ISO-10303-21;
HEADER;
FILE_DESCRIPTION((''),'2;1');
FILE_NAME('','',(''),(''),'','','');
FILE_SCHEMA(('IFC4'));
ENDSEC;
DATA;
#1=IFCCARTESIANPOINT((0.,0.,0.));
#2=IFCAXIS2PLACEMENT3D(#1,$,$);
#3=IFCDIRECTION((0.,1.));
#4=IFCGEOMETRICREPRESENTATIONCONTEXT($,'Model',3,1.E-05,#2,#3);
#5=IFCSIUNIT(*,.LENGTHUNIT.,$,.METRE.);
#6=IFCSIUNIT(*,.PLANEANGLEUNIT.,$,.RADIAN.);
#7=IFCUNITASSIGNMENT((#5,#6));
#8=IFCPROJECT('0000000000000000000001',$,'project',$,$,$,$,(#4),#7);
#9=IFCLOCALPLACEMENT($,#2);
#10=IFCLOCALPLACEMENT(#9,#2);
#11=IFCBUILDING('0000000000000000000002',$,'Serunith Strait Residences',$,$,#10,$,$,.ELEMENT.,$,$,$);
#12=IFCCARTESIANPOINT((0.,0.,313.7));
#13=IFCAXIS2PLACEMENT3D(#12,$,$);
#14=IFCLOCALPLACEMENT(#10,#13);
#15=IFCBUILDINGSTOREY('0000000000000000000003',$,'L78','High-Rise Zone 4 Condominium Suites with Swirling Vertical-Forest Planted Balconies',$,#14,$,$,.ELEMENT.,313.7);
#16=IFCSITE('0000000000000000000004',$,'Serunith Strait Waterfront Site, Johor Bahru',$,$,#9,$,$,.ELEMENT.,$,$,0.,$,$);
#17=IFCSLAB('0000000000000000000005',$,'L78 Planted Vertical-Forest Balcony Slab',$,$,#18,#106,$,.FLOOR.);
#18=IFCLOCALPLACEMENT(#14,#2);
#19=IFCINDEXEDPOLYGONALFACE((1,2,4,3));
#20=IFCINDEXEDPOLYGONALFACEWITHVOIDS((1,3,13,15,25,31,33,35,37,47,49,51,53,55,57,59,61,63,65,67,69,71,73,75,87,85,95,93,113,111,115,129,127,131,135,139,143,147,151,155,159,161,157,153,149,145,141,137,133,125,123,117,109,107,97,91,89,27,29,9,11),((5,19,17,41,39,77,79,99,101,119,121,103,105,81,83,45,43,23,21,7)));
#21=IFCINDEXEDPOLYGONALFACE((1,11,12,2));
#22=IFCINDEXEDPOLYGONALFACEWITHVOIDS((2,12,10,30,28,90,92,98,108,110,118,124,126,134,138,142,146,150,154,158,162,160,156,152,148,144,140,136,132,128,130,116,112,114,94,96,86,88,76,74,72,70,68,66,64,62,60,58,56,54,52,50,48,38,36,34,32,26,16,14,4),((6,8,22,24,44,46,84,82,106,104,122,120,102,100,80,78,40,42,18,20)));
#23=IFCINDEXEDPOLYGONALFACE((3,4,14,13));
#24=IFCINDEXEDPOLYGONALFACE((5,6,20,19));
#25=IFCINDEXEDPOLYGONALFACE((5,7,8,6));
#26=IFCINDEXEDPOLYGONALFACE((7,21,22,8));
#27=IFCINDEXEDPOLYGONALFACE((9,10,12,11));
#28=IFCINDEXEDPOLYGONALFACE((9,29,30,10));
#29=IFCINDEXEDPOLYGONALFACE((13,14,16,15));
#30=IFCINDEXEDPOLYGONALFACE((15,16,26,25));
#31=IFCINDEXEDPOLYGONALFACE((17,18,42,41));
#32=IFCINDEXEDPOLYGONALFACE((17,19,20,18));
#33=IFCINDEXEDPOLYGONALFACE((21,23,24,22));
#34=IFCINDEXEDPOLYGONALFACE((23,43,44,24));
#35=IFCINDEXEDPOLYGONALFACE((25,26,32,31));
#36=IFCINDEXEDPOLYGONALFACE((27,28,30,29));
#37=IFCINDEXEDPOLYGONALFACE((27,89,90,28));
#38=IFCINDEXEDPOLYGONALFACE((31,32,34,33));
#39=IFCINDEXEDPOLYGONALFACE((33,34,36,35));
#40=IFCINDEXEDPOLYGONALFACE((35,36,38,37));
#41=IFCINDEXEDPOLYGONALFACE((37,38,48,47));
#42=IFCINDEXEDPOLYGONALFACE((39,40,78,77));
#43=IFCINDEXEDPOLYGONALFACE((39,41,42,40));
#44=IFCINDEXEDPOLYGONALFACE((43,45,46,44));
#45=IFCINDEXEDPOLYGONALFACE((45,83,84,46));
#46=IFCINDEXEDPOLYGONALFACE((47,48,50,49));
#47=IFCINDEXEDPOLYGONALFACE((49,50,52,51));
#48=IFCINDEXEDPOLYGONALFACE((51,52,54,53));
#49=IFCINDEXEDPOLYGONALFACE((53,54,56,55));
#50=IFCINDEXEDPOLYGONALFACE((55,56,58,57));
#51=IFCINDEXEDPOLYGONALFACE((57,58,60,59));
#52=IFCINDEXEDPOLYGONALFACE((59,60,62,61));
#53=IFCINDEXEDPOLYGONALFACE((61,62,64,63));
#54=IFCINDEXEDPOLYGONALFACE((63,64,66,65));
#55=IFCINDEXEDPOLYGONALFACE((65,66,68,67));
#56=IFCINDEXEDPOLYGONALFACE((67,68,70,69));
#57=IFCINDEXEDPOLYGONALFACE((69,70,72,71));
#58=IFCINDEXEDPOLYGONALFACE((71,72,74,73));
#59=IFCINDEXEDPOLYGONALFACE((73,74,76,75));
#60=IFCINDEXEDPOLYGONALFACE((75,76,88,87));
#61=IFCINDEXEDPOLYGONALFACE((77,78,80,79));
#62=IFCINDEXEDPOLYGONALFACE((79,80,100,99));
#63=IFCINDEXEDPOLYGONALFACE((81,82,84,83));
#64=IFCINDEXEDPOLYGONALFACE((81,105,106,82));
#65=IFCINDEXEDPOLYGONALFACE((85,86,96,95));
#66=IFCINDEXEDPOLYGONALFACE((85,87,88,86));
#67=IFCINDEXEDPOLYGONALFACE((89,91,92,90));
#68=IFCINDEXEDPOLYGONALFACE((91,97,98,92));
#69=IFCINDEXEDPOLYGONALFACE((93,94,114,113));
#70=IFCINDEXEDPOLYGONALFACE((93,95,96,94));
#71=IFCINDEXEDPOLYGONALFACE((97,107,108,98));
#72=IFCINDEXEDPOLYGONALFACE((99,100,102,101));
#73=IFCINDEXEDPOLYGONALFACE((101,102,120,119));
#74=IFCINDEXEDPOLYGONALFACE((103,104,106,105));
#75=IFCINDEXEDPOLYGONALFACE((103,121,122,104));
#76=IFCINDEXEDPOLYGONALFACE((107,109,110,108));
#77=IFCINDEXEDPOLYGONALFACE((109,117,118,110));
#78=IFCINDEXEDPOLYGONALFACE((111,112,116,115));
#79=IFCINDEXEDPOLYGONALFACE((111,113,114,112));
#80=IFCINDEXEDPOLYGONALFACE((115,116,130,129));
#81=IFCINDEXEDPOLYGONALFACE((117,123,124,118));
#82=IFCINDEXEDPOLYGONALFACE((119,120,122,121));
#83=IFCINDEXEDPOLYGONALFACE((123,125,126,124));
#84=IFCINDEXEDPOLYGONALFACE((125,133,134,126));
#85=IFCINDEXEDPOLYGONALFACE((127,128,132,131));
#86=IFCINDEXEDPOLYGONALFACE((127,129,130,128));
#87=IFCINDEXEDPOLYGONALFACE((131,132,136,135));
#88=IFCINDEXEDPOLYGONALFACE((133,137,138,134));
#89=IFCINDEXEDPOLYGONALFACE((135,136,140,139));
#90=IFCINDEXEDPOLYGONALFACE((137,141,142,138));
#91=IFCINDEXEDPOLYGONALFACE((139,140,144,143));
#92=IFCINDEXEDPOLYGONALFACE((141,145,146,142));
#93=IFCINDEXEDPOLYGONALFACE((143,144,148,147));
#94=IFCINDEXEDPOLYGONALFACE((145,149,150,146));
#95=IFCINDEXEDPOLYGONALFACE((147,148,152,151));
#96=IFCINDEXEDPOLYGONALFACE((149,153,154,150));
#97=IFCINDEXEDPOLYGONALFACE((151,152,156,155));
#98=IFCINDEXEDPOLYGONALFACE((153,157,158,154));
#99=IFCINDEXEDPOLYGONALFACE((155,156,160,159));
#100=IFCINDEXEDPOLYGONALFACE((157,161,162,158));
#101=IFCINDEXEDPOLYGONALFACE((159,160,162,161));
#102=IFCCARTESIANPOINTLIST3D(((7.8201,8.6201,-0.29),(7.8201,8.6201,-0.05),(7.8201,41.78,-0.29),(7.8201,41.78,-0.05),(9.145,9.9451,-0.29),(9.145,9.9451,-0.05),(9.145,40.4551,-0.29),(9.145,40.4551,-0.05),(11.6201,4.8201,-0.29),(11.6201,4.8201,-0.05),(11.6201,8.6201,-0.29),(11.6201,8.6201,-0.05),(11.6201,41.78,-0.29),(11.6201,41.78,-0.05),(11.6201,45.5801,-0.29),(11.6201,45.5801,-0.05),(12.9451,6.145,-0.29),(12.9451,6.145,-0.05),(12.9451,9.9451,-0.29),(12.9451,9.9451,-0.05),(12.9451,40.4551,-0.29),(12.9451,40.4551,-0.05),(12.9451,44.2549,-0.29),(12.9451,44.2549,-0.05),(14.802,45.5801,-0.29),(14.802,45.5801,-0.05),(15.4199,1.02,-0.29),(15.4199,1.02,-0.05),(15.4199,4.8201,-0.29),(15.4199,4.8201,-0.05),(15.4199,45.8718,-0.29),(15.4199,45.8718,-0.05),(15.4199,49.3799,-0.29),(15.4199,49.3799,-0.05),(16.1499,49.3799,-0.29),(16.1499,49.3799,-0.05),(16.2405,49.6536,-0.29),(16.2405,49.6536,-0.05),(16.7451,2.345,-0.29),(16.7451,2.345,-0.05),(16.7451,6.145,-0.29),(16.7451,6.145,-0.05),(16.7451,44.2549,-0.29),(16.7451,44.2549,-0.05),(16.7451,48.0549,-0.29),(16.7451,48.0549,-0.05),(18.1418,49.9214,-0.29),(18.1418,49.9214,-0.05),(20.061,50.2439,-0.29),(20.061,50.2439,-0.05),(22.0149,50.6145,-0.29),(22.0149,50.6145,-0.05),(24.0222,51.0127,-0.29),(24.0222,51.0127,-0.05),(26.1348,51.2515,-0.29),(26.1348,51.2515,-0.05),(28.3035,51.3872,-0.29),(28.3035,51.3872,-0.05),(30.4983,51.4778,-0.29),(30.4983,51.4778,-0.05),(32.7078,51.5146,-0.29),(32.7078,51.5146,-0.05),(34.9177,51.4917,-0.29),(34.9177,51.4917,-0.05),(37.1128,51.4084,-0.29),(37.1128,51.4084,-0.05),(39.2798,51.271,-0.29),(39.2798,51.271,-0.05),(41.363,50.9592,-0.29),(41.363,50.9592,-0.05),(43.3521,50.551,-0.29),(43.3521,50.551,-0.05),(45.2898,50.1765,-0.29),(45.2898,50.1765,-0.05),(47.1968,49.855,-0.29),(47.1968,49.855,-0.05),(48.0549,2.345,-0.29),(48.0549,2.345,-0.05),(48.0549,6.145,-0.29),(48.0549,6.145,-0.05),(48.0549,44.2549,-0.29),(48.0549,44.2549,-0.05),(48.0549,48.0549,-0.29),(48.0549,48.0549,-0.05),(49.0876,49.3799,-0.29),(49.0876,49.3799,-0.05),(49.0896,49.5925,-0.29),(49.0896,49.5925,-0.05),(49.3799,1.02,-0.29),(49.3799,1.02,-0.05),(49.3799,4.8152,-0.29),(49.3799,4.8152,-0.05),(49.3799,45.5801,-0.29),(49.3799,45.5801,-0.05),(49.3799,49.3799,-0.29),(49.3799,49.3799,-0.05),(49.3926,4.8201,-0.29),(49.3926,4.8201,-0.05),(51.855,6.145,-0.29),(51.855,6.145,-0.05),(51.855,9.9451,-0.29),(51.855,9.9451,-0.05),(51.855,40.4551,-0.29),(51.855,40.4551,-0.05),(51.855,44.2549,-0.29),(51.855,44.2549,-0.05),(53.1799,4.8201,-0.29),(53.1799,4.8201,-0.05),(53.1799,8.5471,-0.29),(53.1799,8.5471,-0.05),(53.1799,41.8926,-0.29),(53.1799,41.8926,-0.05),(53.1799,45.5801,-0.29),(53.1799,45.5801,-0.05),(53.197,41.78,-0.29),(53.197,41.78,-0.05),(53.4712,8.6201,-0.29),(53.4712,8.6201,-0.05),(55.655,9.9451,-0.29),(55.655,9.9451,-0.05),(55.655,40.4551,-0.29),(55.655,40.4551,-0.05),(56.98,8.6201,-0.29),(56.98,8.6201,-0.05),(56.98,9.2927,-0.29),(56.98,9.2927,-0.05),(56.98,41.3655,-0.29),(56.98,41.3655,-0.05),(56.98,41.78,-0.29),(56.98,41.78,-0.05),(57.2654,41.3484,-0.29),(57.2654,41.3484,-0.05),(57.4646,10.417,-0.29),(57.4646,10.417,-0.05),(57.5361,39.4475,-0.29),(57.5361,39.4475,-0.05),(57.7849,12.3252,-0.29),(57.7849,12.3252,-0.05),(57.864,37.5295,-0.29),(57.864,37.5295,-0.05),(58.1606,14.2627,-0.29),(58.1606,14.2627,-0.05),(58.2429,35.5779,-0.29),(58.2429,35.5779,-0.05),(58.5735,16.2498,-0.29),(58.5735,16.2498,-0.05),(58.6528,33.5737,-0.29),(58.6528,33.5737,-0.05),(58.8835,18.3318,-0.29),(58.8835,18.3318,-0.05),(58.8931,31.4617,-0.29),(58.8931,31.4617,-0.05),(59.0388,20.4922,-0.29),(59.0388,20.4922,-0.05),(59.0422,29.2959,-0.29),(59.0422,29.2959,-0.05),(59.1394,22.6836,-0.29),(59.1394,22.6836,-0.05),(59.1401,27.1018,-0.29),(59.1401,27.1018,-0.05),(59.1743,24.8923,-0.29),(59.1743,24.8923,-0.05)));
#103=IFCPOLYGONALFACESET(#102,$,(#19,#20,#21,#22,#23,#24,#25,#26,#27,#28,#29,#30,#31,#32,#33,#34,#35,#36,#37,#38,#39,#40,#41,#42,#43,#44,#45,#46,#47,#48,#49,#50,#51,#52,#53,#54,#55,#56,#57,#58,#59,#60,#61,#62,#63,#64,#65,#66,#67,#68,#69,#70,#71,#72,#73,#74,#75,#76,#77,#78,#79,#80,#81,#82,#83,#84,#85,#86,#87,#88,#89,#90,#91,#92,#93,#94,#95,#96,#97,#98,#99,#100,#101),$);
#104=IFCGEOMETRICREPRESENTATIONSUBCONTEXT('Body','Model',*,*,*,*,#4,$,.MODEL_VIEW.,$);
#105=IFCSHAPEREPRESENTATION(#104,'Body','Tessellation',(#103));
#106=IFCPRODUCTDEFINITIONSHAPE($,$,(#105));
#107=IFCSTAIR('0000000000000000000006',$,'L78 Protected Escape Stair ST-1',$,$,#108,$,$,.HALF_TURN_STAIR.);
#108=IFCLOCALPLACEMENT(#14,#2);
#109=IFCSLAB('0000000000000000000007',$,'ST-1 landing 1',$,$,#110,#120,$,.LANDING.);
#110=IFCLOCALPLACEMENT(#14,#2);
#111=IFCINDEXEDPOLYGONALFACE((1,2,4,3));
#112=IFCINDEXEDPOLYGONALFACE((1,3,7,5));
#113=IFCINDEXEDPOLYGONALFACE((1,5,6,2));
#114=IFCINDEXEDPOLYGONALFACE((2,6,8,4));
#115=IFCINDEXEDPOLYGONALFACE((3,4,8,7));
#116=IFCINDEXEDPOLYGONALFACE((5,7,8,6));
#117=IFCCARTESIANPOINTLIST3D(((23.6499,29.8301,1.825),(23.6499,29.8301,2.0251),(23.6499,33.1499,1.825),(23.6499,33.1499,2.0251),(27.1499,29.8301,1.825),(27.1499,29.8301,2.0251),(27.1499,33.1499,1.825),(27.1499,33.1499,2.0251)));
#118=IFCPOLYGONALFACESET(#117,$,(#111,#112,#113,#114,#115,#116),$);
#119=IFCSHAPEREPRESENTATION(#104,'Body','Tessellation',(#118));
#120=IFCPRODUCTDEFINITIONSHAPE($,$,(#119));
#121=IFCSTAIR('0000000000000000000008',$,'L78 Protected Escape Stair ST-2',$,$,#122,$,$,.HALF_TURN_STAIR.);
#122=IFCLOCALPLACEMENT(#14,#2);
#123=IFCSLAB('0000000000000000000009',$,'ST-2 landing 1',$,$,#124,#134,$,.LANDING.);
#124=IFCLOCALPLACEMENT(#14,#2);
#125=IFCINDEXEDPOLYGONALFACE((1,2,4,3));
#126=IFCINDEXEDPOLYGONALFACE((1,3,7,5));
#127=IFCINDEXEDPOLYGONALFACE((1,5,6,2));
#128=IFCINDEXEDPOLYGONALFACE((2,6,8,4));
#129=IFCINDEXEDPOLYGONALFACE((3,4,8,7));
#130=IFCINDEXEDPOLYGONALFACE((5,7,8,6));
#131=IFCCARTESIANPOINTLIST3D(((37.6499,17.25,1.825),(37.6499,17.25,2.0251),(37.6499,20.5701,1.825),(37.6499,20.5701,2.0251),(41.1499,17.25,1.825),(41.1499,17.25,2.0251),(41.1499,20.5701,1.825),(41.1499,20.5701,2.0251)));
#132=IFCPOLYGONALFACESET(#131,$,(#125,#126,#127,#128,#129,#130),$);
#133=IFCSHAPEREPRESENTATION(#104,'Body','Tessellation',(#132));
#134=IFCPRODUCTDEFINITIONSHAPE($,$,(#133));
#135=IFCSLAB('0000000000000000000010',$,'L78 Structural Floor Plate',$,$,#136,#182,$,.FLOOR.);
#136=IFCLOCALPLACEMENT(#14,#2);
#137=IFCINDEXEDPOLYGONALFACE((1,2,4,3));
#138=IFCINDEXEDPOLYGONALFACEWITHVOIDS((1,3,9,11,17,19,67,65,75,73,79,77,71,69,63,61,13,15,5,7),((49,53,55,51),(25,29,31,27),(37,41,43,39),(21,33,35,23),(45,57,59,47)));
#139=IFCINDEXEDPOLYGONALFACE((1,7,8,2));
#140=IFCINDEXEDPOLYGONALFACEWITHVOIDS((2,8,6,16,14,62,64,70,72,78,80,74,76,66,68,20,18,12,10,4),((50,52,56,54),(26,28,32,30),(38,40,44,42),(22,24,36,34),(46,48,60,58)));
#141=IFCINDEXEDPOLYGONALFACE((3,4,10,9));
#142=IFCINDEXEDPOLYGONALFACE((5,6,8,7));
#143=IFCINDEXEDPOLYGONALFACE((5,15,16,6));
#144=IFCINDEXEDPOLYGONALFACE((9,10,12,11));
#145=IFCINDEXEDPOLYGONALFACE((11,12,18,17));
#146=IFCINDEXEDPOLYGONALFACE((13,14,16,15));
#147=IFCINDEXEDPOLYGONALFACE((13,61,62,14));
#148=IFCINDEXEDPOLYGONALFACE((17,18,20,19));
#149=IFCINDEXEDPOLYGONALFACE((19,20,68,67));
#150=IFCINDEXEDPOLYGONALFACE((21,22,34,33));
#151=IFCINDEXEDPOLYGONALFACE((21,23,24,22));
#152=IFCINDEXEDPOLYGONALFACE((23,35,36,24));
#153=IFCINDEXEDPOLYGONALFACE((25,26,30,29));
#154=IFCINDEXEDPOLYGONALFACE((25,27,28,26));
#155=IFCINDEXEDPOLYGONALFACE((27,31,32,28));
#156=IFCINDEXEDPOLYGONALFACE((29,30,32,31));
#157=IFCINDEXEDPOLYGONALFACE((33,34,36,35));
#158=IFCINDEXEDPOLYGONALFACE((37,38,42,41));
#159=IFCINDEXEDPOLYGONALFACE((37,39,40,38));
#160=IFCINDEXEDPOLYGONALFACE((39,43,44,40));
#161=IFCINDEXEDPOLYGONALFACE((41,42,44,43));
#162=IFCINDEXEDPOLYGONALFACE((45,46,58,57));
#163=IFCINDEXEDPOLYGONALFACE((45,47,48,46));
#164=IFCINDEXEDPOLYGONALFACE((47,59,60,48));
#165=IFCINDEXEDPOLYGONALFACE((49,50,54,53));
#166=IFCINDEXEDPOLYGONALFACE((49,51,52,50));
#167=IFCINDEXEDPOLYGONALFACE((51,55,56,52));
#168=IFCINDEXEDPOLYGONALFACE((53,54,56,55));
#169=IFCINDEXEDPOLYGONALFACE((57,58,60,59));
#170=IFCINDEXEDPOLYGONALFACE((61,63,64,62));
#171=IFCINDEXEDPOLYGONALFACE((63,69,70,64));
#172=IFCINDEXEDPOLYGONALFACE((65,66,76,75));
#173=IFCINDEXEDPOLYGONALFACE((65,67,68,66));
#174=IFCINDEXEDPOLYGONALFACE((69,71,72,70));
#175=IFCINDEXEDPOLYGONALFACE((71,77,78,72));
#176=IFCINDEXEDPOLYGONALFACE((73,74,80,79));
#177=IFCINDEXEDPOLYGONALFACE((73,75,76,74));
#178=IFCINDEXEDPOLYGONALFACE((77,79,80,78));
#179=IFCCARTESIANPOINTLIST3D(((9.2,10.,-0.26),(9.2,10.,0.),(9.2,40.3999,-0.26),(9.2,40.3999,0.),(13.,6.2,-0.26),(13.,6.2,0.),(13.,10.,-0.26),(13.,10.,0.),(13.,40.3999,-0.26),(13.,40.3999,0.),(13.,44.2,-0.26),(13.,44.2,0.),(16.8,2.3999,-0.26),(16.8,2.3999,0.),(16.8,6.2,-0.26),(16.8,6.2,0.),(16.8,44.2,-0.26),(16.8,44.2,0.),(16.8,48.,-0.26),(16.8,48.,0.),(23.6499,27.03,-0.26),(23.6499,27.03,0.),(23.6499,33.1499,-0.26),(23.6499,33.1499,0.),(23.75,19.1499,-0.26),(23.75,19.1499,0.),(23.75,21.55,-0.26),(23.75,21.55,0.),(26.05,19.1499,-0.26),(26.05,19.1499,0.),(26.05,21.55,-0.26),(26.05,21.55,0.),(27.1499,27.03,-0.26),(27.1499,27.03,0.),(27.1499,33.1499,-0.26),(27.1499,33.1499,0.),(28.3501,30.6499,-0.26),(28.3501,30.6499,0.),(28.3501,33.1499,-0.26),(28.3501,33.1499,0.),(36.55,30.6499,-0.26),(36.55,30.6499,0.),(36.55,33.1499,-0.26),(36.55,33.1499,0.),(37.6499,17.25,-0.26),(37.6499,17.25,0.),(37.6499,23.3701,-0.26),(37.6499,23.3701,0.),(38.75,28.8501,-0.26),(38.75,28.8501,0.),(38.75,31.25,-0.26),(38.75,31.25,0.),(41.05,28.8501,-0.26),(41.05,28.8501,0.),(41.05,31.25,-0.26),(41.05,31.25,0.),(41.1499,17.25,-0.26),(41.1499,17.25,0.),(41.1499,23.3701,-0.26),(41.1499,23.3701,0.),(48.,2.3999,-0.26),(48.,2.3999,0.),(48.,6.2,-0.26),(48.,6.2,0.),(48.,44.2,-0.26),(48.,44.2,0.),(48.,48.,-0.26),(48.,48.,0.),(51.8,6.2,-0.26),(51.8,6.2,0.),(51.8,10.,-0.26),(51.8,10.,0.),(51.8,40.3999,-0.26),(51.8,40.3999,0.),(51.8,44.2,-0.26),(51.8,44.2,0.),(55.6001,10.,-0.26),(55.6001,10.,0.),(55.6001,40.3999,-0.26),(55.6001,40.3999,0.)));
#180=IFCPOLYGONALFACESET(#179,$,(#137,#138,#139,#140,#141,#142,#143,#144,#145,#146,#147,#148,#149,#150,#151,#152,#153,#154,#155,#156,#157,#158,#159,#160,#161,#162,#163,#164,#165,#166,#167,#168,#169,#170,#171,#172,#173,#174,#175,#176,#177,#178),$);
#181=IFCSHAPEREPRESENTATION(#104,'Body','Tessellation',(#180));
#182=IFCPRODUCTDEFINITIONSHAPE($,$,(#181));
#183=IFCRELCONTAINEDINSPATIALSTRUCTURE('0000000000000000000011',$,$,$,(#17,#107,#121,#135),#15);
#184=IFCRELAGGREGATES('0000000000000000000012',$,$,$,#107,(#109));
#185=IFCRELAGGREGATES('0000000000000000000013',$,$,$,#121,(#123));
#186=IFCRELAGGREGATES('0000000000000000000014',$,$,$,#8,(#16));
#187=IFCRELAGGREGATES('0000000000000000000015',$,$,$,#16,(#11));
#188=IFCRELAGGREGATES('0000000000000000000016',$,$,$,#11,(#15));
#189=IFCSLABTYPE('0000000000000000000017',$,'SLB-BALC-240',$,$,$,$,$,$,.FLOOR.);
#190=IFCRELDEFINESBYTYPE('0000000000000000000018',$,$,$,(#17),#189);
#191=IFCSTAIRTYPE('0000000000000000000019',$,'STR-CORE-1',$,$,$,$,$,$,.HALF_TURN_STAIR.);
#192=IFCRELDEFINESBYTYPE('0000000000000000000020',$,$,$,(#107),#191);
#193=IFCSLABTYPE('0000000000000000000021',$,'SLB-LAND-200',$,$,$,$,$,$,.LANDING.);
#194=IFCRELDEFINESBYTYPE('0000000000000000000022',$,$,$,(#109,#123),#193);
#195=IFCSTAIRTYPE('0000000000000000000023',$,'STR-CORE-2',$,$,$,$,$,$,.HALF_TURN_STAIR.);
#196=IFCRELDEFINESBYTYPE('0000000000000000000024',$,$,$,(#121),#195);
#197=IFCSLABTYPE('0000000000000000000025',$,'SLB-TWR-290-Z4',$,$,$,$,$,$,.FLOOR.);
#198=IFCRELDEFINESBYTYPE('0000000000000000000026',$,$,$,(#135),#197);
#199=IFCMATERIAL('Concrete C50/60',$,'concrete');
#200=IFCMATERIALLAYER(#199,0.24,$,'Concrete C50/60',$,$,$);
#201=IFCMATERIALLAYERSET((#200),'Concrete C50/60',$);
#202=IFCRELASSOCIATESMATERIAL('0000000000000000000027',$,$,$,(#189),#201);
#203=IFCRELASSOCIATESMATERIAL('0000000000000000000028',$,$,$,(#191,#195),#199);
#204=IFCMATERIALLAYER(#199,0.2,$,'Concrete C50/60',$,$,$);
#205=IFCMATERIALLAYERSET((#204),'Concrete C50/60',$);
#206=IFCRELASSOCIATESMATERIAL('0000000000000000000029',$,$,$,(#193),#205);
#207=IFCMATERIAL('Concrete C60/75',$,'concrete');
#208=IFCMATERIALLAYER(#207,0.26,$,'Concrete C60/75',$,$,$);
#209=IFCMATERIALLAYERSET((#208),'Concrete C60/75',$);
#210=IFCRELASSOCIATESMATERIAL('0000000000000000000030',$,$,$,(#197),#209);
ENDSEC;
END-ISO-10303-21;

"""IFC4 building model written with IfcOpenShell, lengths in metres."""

from ifc_helpers import new_model, si_unit, direction, frame, origin, place, context, subcontext, project, spatial, polyline, outline, extrude, material, layer, layer_set, type_object, element, aggregate, save


model = new_model("IFC4")

# Units and contexts
model_context = context("Model", 3, precision=1e-05, world=origin(), true_north=direction((0.0, 1.0)))
body_context = subcontext(model_context, "Body", "Model", "MODEL_VIEW")
ifc_project = project(units=[si_unit("LENGTHUNIT", "METRE"), si_unit("PLANEANGLEUNIT", "RADIAN")], contexts=[model_context])

# Site, building, storey
site_placement = place(None, origin())
site = spatial("IfcSite", under=ifc_project, at=site_placement, Name="Serunith Strait Waterfront Site, Johor Bahru", CompositionType="ELEMENT", RefElevation=0.0)
building_placement = place(site_placement, origin())
building = spatial("IfcBuilding", under=site, at=building_placement, Name="Serunith Strait Residences", CompositionType="ELEMENT")
storey_placement = place(building_placement, frame((0.0, 0.0, 313.7)))
storey = spatial("IfcBuildingStorey", under=building, at=storey_placement, Name="L78", Description="High-Rise Zone 4 Condominium Suites with Swirling Vertical-Forest Planted Balconies", CompositionType="ELEMENT", Elevation=313.7)

# Slab
ifc_material_1 = material(Name="Concrete C50/60", Category="concrete")
ifc_layer_1 = layer(ifc_material_1, 0.24, Name="Concrete C50/60")
ifc_layer_set_1 = layer_set([ifc_layer_1], Name="Concrete C50/60")
slab_type_1 = type_object("IfcSlabType", Name="SLB-BALC-240", PredefinedType="FLOOR", material=ifc_layer_set_1)
slab_1_placement = place(storey_placement, frame((0.0, 0.0, -0.29)))
element("IfcSlab", 1, at=slab_1_placement, inside=storey, type_object=slab_type_1, Name="L78 Planted Vertical-Forest Balcony Slab", PredefinedType="FLOOR", context=body_context, shape_type="SweptSolid", body=[
    extrude(outline(polyline([(15.4199, 49.3799), (16.1499, 49.3799), (16.2405, 49.6536), (18.1418, 49.9214), (20.061, 50.2439), (22.0149, 50.6145), (24.0222, 51.0127), (26.1348, 51.2515), (28.3035, 51.3872), (30.4983, 51.4778), (32.7078, 51.5146), (34.9177, 51.4917), (37.1128, 51.4084), (39.2798, 51.271), (41.363, 50.9592), (43.3521, 50.551), (45.2898, 50.1765), (47.1968, 49.855), (49.0896, 49.5925), (49.0876, 49.3799), (49.3799, 49.3799), (49.3799, 45.5801), (53.1799, 45.5801), (53.1799, 41.8926), (53.197, 41.78), (56.98, 41.78), (56.98, 41.3655), (57.2654, 41.3484), (57.5361, 39.4475), (57.864, 37.5295), (58.2429, 35.5779), (58.6528, 33.5737), (58.8931, 31.4617), (59.0422, 29.2959), (59.1401, 27.1018), (59.1743, 24.8923), (59.1394, 22.6836), (59.0388, 20.4922), (58.8835, 18.3318), (58.5735, 16.2498), (58.1606, 14.2627), (57.7849, 12.3252), (57.4646, 10.417), (56.98, 9.2927), (56.98, 8.6201), (53.4712, 8.6201), (53.1799, 8.5471), (53.1799, 4.8201), (49.3926, 4.8201), (49.3799, 4.8152), (49.3799, 1.02), (15.4199, 1.02), (15.4199, 4.8201), (11.6201, 4.8201), (11.6201, 8.6201), (7.8201, 8.6201), (7.8201, 41.78), (11.6201, 41.78), (11.6201, 45.5801), (14.802, 45.5801), (15.4199, 45.8718), (15.4199, 49.3799)]), holes=[polyline([(48.0549, 2.345), (48.0549, 6.145), (51.855, 6.145), (51.855, 9.9451), (55.655, 9.9451), (55.655, 40.4551), (51.855, 40.4551), (51.855, 44.2549), (48.0549, 44.2549), (48.0549, 48.0549), (16.7451, 48.0549), (16.7451, 44.2549), (12.9451, 44.2549), (12.9451, 40.4551), (9.145, 40.4551), (9.145, 9.9451), (12.9451, 9.9451), (12.9451, 6.145), (16.7451, 6.145), (16.7451, 2.345), (48.0549, 2.345)])]), origin(), (0.0, 0.0, 1.0), 0.24),
])

# Stairs, slabs
stair_type_1 = type_object("IfcStairType", Name="STR-CORE-1", PredefinedType="HALF_TURN_STAIR", material=ifc_material_1)
stair_1_placement = place(storey_placement, origin())
stair_1 = element("IfcStair", 2, at=stair_1_placement, inside=storey, type_object=stair_type_1, Name="L78 Protected Escape Stair ST-1", PredefinedType="HALF_TURN_STAIR")
ifc_layer_2 = layer(ifc_material_1, 0.2, Name="Concrete C50/60")
ifc_layer_set_2 = layer_set([ifc_layer_2], Name="Concrete C50/60")
slab_type_2 = type_object("IfcSlabType", Name="SLB-LAND-200", PredefinedType="LANDING", material=ifc_layer_set_2)
slab_2_placement = place(storey_placement, frame((0.0, 0.0, 1.825)))
slab_2 = element("IfcSlab", 3, at=slab_2_placement, type_object=slab_type_2, Name="ST-1 landing 1", PredefinedType="LANDING", context=body_context, shape_type="SweptSolid", body=[
    extrude(outline(polyline([(27.1499, 29.8301), (27.1499, 33.1499), (23.6499, 33.1499), (23.6499, 29.8301), (27.1499, 29.8301)])), origin(), (0.0, 0.0, 1.0), 0.2002),
])
aggregate(stair_1, [slab_2])
stair_type_2 = type_object("IfcStairType", Name="STR-CORE-2", PredefinedType="HALF_TURN_STAIR", material=ifc_material_1)
stair_2_placement = place(storey_placement, origin())
stair_2 = element("IfcStair", 4, at=stair_2_placement, inside=storey, type_object=stair_type_2, Name="L78 Protected Escape Stair ST-2", PredefinedType="HALF_TURN_STAIR")
slab_3_placement = place(storey_placement, frame((0.0, 0.0, 1.825)))
slab_3 = element("IfcSlab", 5, at=slab_3_placement, type_object=slab_type_2, Name="ST-2 landing 1", PredefinedType="LANDING", context=body_context, shape_type="SweptSolid", body=[
    extrude(outline(polyline([(37.6499, 20.5701), (37.6499, 17.25), (41.1499, 17.25), (41.1499, 20.5701), (37.6499, 20.5701)])), origin(), (0.0, 0.0, 1.0), 0.2002),
])
aggregate(stair_2, [slab_3])

# Slab
ifc_material_2 = material(Name="Concrete C60/75", Category="concrete")
ifc_layer_3 = layer(ifc_material_2, 0.26, Name="Concrete C60/75")
ifc_layer_set_3 = layer_set([ifc_layer_3], Name="Concrete C60/75")
slab_type_3 = type_object("IfcSlabType", Name="SLB-TWR-290-Z4", PredefinedType="FLOOR", material=ifc_layer_set_3)
slab_4_placement = place(storey_placement, frame((0.0, 0.0, -0.26)))
element("IfcSlab", 6, at=slab_4_placement, inside=storey, type_object=slab_type_3, Name="L78 Structural Floor Plate", PredefinedType="FLOOR", context=body_context, shape_type="SweptSolid", body=[
    extrude(outline(polyline([(16.8, 6.2), (13.0, 6.2), (13.0, 10.0), (9.2, 10.0), (9.2, 40.3999), (13.0, 40.3999), (13.0, 44.2), (16.8, 44.2), (16.8, 48.0), (48.0, 48.0), (48.0, 44.2), (51.8, 44.2), (51.8, 40.3999), (55.6001, 40.3999), (55.6001, 10.0), (51.8, 10.0), (51.8, 6.2), (48.0, 6.2), (48.0, 2.3999), (16.8, 2.3999), (16.8, 6.2)]), holes=[polyline([(41.1499, 23.3701), (37.6499, 23.3701), (37.6499, 17.25), (41.1499, 17.25), (41.1499, 23.3701)]), polyline([(38.75, 31.25), (38.75, 28.8501), (41.05, 28.8501), (41.05, 31.25), (38.75, 31.25)]), polyline([(36.55, 33.1499), (28.3501, 33.1499), (28.3501, 30.6499), (36.55, 30.6499), (36.55, 33.1499)]), polyline([(23.6499, 33.1499), (23.6499, 27.03), (27.1499, 27.03), (27.1499, 33.1499), (23.6499, 33.1499)]), polyline([(23.75, 21.55), (23.75, 19.1499), (26.05, 19.1499), (26.05, 21.55), (23.75, 21.55)])]), origin(), (0.0, 0.0, 1.0), 0.26),
])

save(model, "model.ifc")
